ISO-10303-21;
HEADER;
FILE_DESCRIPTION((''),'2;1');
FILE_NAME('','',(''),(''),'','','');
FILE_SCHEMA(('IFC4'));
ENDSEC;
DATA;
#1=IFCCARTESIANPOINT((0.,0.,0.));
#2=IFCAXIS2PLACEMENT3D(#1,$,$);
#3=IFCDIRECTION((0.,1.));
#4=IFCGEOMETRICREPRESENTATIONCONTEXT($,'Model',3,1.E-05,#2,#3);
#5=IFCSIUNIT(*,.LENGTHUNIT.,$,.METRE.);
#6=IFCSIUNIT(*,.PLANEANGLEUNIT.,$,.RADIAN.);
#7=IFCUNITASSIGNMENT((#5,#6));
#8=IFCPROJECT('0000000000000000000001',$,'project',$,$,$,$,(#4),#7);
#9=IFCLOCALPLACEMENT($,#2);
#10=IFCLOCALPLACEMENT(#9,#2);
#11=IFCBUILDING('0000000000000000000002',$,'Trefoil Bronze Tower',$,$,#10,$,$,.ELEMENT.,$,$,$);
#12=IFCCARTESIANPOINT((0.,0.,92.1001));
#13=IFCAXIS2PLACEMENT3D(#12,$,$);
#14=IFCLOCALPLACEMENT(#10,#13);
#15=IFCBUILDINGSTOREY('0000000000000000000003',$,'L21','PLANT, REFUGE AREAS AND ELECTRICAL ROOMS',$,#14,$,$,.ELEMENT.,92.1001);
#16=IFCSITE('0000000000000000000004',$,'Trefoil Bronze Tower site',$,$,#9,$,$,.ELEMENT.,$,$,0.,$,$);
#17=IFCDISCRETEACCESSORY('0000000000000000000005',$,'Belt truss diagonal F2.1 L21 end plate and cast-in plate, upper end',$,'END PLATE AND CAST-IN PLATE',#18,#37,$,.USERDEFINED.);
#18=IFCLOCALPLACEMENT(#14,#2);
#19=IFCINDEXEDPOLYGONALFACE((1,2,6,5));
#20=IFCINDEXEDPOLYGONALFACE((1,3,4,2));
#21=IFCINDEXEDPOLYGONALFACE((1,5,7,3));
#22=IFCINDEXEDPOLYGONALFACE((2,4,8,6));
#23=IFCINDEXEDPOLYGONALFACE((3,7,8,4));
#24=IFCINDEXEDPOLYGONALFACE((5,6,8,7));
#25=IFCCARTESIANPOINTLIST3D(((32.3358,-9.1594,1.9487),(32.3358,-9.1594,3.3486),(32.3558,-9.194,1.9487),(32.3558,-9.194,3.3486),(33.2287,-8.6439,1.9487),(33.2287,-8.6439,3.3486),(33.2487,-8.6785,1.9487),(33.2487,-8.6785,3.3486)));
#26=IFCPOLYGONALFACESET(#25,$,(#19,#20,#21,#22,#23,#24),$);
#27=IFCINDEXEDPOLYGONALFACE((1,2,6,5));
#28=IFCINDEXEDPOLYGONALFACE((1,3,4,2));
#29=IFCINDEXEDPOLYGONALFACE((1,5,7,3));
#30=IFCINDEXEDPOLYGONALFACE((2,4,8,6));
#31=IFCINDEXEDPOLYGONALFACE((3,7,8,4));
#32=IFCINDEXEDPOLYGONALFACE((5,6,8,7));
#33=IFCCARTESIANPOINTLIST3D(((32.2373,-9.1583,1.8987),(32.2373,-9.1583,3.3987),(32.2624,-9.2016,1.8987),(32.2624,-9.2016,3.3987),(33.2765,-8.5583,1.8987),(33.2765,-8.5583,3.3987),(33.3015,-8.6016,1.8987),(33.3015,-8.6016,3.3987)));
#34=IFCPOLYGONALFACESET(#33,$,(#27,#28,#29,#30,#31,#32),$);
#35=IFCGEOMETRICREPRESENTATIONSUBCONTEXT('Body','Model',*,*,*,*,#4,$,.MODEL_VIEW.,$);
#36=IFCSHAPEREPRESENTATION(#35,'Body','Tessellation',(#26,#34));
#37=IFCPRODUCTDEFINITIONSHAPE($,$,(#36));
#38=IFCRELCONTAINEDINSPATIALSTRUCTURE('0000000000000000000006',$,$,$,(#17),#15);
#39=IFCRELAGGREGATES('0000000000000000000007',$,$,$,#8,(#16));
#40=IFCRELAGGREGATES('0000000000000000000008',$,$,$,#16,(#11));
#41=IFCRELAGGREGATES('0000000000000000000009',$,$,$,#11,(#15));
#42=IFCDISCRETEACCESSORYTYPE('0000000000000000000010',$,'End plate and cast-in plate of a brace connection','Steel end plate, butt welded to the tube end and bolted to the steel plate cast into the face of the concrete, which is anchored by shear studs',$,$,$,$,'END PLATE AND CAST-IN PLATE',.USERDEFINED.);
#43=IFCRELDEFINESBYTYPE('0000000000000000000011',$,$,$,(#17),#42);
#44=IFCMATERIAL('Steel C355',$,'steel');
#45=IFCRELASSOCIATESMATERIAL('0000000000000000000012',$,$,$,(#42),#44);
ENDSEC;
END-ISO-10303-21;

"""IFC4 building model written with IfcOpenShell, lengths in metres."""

from ifc_helpers import new_model, si_unit, direction, frame, origin, origin_2d, place, context, subcontext, project, spatial, rectangle, extrude, material, type_object, element, save


model = new_model("IFC4")

# Units and contexts
model_context = context("Model", 3, precision=1e-05, world=origin(), true_north=direction((0.0, 1.0)))
body_context = subcontext(model_context, "Body", "Model", "MODEL_VIEW")
ifc_project = project(units=[si_unit("LENGTHUNIT", "METRE"), si_unit("PLANEANGLEUNIT", "RADIAN")], contexts=[model_context])

# Site, building, storey
site_placement = place(None, origin())
site = spatial("IfcSite", under=ifc_project, at=site_placement, Name="Trefoil Bronze Tower site", CompositionType="ELEMENT", RefElevation=0.0)
building_placement = place(site_placement, origin())
building = spatial("IfcBuilding", under=site, at=building_placement, Name="Trefoil Bronze Tower", CompositionType="ELEMENT")
storey_placement = place(building_placement, frame((0.0, 0.0, 92.1001)))
storey = spatial("IfcBuildingStorey", under=building, at=storey_placement, Name="L21", Description="PLANT, REFUGE AREAS AND ELECTRICAL ROOMS", CompositionType="ELEMENT", Elevation=92.1001)

# Discrete accessory
ifc_material_1 = material(Name="Steel C355", Category="steel")
discrete_accessory_type = type_object("IfcDiscreteAccessoryType", Name="End plate and cast-in plate of a brace connection", Description="Steel end plate, butt welded to the tube end and bolted to the steel plate cast into the face of the concrete, which is anchored by shear studs", ElementType="END PLATE AND CAST-IN PLATE", PredefinedType="USERDEFINED", material=ifc_material_1)
discrete_accessory_1_placement = place(storey_placement, frame((32.7822, -8.9016, 2.6487), z_axis=(0.0, 0.0, 1.0), x_axis=(0.5, -0.866025, 0.0)))
element("IfcDiscreteAccessory", 1, at=discrete_accessory_1_placement, inside=storey, type_object=discrete_accessory_type, Name="Belt truss diagonal F2.1 L21 end plate and cast-in plate, upper end", ObjectType="END PLATE AND CAST-IN PLATE", PredefinedType="USERDEFINED", context=body_context, shape_type="SweptSolid", body=[
    extrude(rectangle(XDim=0.04, YDim=1.031, at=origin_2d()), frame((0.02, 0.0, -0.7)), (0.0, 0.0, 1.0), 1.3999),
    extrude(rectangle(XDim=0.05, YDim=1.2, at=origin_2d()), frame((-0.0251, -0.0002, -0.75)), (0.0, 0.0, 1.0), 1.5),
])

save(model, "model.ifc")
